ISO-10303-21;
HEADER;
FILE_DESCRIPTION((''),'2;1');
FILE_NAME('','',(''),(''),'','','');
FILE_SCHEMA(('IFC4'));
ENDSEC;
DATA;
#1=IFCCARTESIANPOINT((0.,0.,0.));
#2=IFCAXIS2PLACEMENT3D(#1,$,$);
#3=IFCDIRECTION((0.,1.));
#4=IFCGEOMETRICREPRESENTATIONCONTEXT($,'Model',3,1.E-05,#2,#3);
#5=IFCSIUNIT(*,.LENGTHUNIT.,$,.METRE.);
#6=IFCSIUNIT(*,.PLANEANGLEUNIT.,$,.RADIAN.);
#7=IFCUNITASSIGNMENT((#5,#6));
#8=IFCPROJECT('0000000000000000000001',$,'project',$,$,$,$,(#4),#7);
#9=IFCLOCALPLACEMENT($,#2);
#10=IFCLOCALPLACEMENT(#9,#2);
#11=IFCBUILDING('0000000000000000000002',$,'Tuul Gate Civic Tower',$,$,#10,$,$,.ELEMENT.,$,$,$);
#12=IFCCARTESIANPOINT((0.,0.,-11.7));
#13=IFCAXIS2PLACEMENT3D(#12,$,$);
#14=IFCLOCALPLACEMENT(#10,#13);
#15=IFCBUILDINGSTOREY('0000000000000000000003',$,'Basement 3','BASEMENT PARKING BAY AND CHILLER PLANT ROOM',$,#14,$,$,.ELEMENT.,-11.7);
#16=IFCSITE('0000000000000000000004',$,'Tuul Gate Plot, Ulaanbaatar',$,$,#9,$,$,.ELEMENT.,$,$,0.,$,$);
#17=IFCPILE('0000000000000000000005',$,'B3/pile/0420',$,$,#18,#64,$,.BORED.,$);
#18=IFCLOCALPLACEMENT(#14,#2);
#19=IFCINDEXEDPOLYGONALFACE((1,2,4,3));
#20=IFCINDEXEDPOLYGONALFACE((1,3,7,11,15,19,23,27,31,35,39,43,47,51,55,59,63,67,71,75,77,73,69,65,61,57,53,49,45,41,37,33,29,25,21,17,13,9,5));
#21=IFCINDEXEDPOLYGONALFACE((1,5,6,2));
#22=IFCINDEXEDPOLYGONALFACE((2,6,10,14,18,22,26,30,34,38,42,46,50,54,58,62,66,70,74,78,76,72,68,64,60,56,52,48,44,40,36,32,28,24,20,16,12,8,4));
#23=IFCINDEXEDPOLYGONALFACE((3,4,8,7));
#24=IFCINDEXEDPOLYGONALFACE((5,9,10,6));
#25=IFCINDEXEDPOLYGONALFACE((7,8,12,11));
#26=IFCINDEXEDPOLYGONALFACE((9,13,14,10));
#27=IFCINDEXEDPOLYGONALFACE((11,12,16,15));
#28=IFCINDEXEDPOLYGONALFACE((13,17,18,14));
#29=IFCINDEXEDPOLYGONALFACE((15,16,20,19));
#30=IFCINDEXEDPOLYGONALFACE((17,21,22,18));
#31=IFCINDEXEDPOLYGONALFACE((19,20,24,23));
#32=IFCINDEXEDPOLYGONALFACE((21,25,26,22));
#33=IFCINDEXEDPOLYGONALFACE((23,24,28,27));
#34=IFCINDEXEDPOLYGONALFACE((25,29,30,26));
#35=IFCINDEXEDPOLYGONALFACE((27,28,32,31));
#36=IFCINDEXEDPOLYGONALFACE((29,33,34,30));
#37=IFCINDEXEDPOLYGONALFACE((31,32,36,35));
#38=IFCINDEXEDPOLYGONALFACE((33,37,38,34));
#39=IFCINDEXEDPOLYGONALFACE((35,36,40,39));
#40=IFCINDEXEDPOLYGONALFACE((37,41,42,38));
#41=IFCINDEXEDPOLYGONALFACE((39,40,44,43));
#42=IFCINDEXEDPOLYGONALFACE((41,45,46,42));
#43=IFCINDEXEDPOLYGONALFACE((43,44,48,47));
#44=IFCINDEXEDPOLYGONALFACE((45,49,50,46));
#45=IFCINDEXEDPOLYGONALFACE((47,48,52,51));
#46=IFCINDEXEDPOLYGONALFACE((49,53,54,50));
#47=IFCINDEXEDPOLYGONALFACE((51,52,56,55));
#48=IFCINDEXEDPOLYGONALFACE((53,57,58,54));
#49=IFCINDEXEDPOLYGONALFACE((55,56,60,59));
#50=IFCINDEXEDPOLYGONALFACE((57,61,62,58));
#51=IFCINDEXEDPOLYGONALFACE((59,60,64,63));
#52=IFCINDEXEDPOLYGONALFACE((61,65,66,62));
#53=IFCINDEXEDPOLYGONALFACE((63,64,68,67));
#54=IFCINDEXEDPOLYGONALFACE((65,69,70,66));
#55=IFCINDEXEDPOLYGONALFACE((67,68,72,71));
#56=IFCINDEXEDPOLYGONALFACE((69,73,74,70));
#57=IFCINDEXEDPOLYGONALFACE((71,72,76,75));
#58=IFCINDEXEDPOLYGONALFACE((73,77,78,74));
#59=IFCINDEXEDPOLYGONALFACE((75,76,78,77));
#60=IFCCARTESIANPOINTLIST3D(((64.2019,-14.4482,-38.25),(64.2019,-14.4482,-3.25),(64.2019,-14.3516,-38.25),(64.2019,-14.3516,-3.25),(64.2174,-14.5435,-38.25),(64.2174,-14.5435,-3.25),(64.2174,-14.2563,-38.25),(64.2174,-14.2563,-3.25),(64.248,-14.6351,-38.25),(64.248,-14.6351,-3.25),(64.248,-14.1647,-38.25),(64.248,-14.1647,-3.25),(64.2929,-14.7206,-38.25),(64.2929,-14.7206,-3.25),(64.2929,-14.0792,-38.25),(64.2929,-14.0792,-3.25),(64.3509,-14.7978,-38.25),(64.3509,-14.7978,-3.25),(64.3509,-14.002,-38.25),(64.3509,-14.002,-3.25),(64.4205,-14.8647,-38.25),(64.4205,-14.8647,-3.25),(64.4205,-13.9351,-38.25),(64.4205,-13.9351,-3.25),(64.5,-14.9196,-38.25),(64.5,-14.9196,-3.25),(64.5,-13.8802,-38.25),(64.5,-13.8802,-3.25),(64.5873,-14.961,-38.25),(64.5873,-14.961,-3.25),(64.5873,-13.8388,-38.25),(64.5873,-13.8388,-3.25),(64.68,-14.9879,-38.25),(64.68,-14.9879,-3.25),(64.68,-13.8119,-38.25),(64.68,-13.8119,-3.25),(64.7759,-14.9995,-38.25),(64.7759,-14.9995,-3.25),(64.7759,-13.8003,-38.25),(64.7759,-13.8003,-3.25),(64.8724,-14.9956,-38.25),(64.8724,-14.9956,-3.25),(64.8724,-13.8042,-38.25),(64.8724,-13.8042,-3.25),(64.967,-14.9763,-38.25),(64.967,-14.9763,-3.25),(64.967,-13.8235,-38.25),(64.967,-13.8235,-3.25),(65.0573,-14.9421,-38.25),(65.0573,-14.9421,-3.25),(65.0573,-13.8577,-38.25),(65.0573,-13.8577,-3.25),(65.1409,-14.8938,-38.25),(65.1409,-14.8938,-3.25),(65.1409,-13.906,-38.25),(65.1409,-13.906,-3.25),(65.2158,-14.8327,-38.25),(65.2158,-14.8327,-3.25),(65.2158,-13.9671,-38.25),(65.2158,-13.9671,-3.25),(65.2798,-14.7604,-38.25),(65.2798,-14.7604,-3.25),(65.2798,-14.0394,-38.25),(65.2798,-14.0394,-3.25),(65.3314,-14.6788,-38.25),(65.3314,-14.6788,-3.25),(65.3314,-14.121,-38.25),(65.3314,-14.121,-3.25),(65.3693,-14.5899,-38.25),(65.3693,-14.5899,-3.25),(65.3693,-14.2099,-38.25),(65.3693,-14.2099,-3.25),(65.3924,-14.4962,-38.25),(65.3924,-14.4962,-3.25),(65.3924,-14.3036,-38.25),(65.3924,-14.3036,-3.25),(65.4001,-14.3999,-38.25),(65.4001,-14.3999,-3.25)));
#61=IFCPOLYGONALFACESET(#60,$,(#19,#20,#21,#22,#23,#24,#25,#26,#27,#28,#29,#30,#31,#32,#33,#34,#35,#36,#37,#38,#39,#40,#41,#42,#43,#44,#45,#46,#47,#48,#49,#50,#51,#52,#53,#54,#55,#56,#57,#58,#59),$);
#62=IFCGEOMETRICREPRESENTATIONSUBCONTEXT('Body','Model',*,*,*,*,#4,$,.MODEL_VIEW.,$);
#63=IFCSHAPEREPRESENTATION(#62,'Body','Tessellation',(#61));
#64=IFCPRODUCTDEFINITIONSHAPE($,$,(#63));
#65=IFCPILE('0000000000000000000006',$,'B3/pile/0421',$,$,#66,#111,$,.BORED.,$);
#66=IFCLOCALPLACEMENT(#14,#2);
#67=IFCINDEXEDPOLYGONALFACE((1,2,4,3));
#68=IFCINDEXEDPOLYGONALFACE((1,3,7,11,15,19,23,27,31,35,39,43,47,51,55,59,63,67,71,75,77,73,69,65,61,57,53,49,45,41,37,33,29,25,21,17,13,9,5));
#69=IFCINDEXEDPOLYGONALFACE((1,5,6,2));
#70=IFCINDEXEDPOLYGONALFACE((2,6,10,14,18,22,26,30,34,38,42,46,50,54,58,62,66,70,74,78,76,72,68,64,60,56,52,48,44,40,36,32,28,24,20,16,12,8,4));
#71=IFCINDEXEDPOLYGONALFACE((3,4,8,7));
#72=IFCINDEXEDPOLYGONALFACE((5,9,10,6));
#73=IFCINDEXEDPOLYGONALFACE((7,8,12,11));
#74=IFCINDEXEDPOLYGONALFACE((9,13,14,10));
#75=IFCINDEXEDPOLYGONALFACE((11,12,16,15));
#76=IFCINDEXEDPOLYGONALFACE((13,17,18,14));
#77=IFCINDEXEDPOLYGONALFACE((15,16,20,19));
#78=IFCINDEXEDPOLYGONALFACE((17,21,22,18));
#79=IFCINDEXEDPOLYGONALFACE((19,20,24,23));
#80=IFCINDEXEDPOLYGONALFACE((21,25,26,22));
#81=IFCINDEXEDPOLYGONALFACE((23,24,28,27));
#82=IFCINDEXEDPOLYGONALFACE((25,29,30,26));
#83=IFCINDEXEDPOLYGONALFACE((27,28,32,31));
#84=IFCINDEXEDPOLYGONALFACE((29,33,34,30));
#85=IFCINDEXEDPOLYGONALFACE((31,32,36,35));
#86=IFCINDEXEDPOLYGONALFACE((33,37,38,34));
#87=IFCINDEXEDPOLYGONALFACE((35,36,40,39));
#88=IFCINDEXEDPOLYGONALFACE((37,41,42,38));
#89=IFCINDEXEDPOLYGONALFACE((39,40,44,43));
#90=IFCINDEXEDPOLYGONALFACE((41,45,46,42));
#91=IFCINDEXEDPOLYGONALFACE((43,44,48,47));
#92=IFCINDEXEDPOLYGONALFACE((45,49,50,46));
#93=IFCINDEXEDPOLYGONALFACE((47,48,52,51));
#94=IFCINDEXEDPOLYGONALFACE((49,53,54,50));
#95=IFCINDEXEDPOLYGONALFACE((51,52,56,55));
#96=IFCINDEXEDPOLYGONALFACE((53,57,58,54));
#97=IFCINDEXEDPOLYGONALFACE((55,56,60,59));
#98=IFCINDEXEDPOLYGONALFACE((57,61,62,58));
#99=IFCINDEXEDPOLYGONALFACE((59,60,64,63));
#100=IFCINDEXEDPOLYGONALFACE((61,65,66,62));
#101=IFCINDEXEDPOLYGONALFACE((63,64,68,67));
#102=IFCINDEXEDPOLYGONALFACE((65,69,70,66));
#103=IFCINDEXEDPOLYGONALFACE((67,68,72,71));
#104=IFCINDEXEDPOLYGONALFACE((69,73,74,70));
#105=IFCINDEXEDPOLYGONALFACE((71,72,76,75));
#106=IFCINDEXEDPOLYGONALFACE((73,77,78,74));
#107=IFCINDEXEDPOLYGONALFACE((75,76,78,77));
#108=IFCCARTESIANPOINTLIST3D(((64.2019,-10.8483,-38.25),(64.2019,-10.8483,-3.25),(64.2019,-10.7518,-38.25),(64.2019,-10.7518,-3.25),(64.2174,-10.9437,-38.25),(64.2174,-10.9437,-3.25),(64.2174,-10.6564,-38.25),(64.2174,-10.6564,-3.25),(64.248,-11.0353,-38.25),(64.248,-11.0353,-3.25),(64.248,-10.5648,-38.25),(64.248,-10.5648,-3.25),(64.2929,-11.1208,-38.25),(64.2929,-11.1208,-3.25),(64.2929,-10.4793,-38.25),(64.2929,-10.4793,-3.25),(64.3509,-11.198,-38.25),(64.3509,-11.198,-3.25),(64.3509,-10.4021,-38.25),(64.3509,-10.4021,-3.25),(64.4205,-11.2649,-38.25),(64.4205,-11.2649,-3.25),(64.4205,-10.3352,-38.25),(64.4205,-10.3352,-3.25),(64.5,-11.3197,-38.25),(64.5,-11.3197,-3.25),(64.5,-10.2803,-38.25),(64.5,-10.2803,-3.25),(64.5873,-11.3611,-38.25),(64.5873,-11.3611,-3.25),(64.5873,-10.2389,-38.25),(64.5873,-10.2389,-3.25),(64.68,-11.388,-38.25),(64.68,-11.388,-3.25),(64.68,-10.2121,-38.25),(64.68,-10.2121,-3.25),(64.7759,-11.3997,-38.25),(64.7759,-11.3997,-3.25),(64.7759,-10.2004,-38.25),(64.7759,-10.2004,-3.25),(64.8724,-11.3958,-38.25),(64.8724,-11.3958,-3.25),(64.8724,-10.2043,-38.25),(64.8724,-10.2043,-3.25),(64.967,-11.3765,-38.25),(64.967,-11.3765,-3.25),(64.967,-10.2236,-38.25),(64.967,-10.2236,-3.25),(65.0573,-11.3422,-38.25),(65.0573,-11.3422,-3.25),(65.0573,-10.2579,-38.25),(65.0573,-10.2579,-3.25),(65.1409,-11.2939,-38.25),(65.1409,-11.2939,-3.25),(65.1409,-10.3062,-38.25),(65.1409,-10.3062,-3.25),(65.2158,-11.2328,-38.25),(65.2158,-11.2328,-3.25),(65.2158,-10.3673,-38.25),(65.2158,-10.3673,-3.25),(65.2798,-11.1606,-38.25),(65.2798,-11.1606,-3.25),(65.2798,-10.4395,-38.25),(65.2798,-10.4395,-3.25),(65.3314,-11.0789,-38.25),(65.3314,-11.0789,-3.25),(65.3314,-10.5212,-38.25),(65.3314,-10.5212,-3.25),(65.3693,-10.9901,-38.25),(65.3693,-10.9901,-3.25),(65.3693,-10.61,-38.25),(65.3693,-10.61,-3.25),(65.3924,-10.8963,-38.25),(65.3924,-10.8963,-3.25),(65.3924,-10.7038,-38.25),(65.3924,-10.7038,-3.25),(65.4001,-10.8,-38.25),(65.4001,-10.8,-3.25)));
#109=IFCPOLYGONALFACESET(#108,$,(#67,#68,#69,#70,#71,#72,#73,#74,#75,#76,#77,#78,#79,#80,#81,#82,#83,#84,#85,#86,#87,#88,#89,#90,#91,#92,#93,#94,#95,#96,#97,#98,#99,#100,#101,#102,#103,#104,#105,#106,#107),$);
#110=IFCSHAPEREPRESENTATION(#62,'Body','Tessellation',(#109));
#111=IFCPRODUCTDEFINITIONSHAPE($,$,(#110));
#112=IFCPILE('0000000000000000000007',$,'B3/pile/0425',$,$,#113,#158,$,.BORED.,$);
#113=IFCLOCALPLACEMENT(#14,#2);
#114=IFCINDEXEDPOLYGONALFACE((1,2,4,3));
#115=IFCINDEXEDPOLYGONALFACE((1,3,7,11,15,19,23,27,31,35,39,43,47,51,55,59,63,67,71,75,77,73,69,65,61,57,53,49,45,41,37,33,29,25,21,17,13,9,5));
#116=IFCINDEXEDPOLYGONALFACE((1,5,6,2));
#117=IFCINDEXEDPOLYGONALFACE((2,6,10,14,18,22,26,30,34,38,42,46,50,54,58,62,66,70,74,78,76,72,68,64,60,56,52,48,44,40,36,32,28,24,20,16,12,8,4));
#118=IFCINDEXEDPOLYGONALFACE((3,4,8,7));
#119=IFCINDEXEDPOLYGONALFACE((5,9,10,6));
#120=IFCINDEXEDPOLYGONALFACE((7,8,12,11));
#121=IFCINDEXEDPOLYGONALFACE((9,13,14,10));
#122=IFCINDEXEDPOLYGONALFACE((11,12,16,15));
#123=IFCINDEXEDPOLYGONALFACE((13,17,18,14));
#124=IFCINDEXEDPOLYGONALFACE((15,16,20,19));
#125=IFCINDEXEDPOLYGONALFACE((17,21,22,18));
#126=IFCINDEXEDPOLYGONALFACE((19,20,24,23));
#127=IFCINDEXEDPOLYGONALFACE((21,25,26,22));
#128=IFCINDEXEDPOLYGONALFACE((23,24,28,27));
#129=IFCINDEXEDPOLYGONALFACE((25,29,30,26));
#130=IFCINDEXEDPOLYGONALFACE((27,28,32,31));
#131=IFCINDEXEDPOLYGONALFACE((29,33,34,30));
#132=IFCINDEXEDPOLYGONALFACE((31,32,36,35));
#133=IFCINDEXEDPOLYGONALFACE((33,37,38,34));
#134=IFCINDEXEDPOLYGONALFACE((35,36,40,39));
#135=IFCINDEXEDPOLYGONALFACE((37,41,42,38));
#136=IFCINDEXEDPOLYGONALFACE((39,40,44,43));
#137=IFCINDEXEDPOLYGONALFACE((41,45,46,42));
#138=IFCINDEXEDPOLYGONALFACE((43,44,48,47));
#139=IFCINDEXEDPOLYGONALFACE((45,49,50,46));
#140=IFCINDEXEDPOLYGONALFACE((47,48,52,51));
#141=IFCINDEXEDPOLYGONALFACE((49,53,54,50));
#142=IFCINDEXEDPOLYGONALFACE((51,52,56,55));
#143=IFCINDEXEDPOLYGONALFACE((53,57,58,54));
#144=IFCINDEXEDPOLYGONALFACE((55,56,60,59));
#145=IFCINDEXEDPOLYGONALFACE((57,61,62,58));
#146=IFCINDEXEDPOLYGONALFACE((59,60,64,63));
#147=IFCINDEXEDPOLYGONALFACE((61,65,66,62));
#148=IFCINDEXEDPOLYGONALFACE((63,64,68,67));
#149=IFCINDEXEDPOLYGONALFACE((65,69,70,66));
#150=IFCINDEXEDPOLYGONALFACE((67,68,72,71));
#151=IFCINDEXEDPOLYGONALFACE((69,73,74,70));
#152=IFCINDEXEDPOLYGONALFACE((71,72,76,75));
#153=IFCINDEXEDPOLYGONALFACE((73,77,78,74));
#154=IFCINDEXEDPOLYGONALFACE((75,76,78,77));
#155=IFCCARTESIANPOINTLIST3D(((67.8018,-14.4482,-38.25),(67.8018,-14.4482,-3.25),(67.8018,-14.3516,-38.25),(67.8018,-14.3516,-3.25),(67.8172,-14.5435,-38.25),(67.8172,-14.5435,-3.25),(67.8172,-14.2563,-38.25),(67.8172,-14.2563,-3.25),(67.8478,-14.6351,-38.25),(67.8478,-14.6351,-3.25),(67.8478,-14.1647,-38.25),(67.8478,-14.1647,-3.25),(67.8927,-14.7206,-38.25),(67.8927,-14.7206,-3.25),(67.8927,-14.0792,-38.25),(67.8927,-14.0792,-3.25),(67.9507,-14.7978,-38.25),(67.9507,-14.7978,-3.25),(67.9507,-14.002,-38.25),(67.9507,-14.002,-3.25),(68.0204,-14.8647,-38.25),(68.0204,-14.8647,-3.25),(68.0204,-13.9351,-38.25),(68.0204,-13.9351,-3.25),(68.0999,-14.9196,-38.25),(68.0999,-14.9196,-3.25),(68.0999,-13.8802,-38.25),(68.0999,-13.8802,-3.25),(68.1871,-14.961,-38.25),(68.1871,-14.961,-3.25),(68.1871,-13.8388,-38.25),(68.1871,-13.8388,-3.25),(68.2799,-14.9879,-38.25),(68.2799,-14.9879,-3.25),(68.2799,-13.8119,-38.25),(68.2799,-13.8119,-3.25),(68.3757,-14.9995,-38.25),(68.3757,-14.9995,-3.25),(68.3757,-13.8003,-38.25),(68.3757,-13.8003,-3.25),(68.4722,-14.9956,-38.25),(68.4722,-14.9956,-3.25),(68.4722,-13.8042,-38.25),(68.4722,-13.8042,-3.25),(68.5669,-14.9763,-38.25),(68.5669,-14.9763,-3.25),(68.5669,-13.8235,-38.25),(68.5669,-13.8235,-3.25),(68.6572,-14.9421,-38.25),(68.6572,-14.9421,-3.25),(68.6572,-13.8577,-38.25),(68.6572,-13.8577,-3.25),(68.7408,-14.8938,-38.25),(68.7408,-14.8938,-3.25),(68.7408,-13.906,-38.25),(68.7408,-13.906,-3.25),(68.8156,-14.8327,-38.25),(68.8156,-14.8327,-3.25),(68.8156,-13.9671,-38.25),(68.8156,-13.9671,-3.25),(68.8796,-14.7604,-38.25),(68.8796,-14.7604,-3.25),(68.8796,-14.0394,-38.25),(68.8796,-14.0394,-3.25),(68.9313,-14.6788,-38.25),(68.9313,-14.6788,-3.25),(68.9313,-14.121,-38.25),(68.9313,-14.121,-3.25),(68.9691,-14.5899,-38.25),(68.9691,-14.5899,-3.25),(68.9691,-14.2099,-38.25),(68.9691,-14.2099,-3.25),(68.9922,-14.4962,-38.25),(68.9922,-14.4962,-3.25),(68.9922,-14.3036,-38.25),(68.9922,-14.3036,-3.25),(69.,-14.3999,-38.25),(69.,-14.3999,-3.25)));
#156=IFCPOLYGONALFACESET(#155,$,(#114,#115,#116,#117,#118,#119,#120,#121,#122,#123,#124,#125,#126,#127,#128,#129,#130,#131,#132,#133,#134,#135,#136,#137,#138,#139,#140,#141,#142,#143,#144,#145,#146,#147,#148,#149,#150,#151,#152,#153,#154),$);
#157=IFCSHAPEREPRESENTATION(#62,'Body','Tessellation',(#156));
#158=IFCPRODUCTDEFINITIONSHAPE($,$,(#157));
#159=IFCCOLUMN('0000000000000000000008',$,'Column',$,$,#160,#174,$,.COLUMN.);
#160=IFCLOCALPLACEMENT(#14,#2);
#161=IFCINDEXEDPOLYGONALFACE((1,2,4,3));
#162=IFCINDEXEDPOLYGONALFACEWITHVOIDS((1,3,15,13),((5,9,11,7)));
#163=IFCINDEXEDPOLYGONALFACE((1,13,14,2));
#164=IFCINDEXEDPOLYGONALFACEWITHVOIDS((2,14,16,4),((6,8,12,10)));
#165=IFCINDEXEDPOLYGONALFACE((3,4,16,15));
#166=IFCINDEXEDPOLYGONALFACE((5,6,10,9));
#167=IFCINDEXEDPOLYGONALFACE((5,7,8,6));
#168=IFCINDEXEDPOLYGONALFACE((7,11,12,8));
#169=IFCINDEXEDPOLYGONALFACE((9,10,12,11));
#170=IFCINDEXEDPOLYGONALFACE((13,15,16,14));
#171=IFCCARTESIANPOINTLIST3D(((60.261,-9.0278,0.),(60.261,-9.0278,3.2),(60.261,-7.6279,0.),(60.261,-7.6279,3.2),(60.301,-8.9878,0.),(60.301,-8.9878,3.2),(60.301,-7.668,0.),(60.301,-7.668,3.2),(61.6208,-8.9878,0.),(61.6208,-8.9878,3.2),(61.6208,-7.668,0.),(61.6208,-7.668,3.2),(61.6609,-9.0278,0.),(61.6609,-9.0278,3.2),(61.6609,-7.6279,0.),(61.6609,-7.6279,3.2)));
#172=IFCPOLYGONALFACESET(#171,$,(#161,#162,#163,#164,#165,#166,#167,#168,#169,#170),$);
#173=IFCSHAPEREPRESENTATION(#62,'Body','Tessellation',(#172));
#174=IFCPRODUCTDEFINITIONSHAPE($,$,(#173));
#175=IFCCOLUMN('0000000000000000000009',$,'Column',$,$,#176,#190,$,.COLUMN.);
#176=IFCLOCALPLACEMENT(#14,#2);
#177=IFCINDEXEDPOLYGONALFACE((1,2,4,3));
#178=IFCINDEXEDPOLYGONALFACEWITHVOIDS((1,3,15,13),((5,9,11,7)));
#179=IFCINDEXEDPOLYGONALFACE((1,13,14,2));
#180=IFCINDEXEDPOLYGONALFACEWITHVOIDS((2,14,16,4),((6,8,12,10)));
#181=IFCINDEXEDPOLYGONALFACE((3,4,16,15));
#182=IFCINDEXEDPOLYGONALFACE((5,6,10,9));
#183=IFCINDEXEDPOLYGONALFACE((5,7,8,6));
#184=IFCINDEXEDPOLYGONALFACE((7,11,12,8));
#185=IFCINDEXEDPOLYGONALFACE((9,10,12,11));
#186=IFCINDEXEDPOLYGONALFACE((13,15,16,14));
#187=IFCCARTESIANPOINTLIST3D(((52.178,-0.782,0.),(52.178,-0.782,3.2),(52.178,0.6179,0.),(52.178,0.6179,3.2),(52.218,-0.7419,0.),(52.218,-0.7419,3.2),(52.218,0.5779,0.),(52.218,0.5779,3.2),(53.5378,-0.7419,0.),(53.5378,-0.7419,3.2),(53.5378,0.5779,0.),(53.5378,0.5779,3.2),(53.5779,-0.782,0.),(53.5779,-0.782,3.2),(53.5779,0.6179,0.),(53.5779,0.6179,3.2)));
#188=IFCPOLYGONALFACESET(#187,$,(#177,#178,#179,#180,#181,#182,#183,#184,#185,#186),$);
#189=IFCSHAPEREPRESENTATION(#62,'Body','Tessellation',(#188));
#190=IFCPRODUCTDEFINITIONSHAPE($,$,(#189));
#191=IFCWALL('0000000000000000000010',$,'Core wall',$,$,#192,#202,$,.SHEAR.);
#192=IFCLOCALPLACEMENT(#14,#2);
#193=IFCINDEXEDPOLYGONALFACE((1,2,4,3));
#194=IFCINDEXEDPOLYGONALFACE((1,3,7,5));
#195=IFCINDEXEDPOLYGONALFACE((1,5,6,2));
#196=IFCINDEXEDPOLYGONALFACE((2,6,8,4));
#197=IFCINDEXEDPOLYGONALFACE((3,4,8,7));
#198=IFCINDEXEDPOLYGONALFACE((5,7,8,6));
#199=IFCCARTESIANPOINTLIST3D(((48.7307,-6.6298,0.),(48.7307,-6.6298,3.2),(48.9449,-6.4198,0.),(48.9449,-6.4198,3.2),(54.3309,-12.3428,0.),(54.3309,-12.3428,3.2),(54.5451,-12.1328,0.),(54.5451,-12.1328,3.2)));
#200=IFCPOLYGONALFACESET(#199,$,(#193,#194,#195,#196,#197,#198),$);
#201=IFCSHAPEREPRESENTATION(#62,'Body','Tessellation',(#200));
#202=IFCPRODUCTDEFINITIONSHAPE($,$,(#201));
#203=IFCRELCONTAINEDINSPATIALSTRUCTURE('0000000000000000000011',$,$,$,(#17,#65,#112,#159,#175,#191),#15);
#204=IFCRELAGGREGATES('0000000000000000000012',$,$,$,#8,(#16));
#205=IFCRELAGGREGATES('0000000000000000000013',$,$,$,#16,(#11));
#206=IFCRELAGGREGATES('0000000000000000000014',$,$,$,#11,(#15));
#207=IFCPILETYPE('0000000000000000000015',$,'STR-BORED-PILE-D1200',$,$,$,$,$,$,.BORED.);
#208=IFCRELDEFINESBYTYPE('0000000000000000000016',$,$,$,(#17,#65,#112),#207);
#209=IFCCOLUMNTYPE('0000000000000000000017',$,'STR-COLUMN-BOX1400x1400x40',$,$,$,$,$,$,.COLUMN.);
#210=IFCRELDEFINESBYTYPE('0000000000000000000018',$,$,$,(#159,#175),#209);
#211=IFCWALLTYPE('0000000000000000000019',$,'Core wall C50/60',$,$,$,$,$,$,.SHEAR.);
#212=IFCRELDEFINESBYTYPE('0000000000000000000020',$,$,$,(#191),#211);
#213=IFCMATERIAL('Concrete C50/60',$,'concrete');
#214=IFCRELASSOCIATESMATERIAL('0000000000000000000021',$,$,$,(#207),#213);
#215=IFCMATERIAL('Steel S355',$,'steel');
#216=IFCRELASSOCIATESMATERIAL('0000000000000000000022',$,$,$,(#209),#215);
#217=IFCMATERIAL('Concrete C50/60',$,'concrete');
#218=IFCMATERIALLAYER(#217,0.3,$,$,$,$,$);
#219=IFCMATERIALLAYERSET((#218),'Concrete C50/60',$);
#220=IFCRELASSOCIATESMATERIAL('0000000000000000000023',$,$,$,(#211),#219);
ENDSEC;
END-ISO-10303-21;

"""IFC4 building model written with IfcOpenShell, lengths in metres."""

from ifc_helpers import new_model, si_unit, direction, frame, frame_2d, origin, origin_2d, place, context, subcontext, project, spatial, rectangle, hollow_rectangle, circle, extrude, material, layer, layer_set, material_profile, profile_set, type_object, element, save


model = new_model("IFC4")

# Units and contexts
model_context = context("Model", 3, precision=1e-05, world=origin(), true_north=direction((0.0, 1.0)))
body_context = subcontext(model_context, "Body", "Model", "MODEL_VIEW")
ifc_project = project(units=[si_unit("LENGTHUNIT", "METRE"), si_unit("PLANEANGLEUNIT", "RADIAN")], contexts=[model_context])

# Site, building, storey
site_placement = place(None, origin())
site = spatial("IfcSite", under=ifc_project, at=site_placement, Name="Tuul Gate Plot, Ulaanbaatar", CompositionType="ELEMENT", RefElevation=0.0)
building_placement = place(site_placement, origin())
building = spatial("IfcBuilding", under=site, at=building_placement, Name="Tuul Gate Civic Tower", CompositionType="ELEMENT")
storey_placement = place(building_placement, frame((0.0, 0.0, -11.7)))
storey = spatial("IfcBuildingStorey", under=building, at=storey_placement, Name="Basement 3", Description="BASEMENT PARKING BAY AND CHILLER PLANT ROOM", CompositionType="ELEMENT", Elevation=-11.7)

# Piles
ifc_material_1 = material(Name="Concrete C50/60", Category="concrete")
ifc_material_profile_1 = material_profile(ifc_material_1, circle(Radius=0.6001, at=origin_2d()), Name="PILE1200")
ifc_profile_set_1 = profile_set([ifc_material_profile_1], Name="Concrete C50/60")
pile_type = type_object("IfcPileType", Name="STR-BORED-PILE-D1200", PredefinedType="BORED", material=ifc_profile_set_1)
for number, where, z_axis, x_axis, name in (
    (1, (64.8, -14.3999, -3.25), (0.0, 0.0, -1.0), (1.0, 0.0, 0.0), "B3/pile/0420"),
    (2, (64.8, -10.8, -3.25), (0.0, 0.0, -1.0), (1.0, 0.0, 0.0), "B3/pile/0421"),
    (3, (68.3999, -14.3999, -3.25), (0.0, 0.0, -1.0), (1.0, 0.0, 0.0), "B3/pile/0425"),
):
    element("IfcPile", number, at=place(storey_placement, frame(where, z_axis=z_axis, x_axis=x_axis)), inside=storey, type_object=pile_type, Name=name, PredefinedType="BORED", context=body_context, shape_type="SweptSolid", body=[
        extrude(circle(Radius=0.6001, at=origin_2d()), origin(), (0.0, 0.0, 1.0), 35.0),
    ])

# Columns
ifc_material_2 = material(Name="Steel S355", Category="steel")
ifc_material_profile_2 = material_profile(ifc_material_2, hollow_rectangle(XDim=1.3999, YDim=1.3999, WallThickness=0.04, at=origin_2d()), Name="BOX1400x1400x40")
ifc_profile_set_2 = profile_set([ifc_material_profile_2], Name="Steel S355")
column_type = type_object("IfcColumnType", Name="STR-COLUMN-BOX1400x1400x40", PredefinedType="COLUMN", material=ifc_profile_set_2)
for number, where, z_axis, x_axis, name in (
    (4, (60.9609, -8.3279, 0.0), (0.0, 0.0, 1.0), (1.0, 0.0, 0.0), "Column"),
    (5, (52.8779, -0.082, 0.0), (0.0, 0.0, 1.0), (1.0, 0.0, 0.0), "Column"),
):
    element("IfcColumn", number, at=place(storey_placement, frame(where, z_axis=z_axis, x_axis=x_axis)), inside=storey, type_object=column_type, Name=name, PredefinedType="COLUMN", context=body_context, shape_type="SweptSolid", body=[
        extrude(hollow_rectangle(XDim=1.3999, YDim=1.3999, WallThickness=0.04, at=origin_2d()), origin(), (0.0, 0.0, 1.0), 3.2),
    ])

# Wall
ifc_material_3 = material(Name="Concrete C50/60", Category="concrete")
ifc_layer_1 = layer(ifc_material_3, 0.3)
ifc_layer_set_1 = layer_set([ifc_layer_1], Name="Concrete C50/60")
wall_type_1 = type_object("IfcWallType", Name="Core wall C50/60", PredefinedType="SHEAR", material=ifc_layer_set_1)
wall_1_placement = place(storey_placement, frame((54.438, -12.2378, 0.0), z_axis=(0.0, 0.0, 1.0), x_axis=(-0.700022, 0.714121, 0.0)))
element("IfcWall", 6, at=wall_1_placement, inside=storey, type_object=wall_type_1, Name="Core wall", PredefinedType="SHEAR", context=body_context, shape_type="SweptSolid", body=[
    extrude(rectangle(XDim=8.0, YDim=0.3, at=frame_2d((4.0, 0.0))), origin(), (0.0, 0.0, 1.0), 3.2),
])

save(model, "model.ifc")
